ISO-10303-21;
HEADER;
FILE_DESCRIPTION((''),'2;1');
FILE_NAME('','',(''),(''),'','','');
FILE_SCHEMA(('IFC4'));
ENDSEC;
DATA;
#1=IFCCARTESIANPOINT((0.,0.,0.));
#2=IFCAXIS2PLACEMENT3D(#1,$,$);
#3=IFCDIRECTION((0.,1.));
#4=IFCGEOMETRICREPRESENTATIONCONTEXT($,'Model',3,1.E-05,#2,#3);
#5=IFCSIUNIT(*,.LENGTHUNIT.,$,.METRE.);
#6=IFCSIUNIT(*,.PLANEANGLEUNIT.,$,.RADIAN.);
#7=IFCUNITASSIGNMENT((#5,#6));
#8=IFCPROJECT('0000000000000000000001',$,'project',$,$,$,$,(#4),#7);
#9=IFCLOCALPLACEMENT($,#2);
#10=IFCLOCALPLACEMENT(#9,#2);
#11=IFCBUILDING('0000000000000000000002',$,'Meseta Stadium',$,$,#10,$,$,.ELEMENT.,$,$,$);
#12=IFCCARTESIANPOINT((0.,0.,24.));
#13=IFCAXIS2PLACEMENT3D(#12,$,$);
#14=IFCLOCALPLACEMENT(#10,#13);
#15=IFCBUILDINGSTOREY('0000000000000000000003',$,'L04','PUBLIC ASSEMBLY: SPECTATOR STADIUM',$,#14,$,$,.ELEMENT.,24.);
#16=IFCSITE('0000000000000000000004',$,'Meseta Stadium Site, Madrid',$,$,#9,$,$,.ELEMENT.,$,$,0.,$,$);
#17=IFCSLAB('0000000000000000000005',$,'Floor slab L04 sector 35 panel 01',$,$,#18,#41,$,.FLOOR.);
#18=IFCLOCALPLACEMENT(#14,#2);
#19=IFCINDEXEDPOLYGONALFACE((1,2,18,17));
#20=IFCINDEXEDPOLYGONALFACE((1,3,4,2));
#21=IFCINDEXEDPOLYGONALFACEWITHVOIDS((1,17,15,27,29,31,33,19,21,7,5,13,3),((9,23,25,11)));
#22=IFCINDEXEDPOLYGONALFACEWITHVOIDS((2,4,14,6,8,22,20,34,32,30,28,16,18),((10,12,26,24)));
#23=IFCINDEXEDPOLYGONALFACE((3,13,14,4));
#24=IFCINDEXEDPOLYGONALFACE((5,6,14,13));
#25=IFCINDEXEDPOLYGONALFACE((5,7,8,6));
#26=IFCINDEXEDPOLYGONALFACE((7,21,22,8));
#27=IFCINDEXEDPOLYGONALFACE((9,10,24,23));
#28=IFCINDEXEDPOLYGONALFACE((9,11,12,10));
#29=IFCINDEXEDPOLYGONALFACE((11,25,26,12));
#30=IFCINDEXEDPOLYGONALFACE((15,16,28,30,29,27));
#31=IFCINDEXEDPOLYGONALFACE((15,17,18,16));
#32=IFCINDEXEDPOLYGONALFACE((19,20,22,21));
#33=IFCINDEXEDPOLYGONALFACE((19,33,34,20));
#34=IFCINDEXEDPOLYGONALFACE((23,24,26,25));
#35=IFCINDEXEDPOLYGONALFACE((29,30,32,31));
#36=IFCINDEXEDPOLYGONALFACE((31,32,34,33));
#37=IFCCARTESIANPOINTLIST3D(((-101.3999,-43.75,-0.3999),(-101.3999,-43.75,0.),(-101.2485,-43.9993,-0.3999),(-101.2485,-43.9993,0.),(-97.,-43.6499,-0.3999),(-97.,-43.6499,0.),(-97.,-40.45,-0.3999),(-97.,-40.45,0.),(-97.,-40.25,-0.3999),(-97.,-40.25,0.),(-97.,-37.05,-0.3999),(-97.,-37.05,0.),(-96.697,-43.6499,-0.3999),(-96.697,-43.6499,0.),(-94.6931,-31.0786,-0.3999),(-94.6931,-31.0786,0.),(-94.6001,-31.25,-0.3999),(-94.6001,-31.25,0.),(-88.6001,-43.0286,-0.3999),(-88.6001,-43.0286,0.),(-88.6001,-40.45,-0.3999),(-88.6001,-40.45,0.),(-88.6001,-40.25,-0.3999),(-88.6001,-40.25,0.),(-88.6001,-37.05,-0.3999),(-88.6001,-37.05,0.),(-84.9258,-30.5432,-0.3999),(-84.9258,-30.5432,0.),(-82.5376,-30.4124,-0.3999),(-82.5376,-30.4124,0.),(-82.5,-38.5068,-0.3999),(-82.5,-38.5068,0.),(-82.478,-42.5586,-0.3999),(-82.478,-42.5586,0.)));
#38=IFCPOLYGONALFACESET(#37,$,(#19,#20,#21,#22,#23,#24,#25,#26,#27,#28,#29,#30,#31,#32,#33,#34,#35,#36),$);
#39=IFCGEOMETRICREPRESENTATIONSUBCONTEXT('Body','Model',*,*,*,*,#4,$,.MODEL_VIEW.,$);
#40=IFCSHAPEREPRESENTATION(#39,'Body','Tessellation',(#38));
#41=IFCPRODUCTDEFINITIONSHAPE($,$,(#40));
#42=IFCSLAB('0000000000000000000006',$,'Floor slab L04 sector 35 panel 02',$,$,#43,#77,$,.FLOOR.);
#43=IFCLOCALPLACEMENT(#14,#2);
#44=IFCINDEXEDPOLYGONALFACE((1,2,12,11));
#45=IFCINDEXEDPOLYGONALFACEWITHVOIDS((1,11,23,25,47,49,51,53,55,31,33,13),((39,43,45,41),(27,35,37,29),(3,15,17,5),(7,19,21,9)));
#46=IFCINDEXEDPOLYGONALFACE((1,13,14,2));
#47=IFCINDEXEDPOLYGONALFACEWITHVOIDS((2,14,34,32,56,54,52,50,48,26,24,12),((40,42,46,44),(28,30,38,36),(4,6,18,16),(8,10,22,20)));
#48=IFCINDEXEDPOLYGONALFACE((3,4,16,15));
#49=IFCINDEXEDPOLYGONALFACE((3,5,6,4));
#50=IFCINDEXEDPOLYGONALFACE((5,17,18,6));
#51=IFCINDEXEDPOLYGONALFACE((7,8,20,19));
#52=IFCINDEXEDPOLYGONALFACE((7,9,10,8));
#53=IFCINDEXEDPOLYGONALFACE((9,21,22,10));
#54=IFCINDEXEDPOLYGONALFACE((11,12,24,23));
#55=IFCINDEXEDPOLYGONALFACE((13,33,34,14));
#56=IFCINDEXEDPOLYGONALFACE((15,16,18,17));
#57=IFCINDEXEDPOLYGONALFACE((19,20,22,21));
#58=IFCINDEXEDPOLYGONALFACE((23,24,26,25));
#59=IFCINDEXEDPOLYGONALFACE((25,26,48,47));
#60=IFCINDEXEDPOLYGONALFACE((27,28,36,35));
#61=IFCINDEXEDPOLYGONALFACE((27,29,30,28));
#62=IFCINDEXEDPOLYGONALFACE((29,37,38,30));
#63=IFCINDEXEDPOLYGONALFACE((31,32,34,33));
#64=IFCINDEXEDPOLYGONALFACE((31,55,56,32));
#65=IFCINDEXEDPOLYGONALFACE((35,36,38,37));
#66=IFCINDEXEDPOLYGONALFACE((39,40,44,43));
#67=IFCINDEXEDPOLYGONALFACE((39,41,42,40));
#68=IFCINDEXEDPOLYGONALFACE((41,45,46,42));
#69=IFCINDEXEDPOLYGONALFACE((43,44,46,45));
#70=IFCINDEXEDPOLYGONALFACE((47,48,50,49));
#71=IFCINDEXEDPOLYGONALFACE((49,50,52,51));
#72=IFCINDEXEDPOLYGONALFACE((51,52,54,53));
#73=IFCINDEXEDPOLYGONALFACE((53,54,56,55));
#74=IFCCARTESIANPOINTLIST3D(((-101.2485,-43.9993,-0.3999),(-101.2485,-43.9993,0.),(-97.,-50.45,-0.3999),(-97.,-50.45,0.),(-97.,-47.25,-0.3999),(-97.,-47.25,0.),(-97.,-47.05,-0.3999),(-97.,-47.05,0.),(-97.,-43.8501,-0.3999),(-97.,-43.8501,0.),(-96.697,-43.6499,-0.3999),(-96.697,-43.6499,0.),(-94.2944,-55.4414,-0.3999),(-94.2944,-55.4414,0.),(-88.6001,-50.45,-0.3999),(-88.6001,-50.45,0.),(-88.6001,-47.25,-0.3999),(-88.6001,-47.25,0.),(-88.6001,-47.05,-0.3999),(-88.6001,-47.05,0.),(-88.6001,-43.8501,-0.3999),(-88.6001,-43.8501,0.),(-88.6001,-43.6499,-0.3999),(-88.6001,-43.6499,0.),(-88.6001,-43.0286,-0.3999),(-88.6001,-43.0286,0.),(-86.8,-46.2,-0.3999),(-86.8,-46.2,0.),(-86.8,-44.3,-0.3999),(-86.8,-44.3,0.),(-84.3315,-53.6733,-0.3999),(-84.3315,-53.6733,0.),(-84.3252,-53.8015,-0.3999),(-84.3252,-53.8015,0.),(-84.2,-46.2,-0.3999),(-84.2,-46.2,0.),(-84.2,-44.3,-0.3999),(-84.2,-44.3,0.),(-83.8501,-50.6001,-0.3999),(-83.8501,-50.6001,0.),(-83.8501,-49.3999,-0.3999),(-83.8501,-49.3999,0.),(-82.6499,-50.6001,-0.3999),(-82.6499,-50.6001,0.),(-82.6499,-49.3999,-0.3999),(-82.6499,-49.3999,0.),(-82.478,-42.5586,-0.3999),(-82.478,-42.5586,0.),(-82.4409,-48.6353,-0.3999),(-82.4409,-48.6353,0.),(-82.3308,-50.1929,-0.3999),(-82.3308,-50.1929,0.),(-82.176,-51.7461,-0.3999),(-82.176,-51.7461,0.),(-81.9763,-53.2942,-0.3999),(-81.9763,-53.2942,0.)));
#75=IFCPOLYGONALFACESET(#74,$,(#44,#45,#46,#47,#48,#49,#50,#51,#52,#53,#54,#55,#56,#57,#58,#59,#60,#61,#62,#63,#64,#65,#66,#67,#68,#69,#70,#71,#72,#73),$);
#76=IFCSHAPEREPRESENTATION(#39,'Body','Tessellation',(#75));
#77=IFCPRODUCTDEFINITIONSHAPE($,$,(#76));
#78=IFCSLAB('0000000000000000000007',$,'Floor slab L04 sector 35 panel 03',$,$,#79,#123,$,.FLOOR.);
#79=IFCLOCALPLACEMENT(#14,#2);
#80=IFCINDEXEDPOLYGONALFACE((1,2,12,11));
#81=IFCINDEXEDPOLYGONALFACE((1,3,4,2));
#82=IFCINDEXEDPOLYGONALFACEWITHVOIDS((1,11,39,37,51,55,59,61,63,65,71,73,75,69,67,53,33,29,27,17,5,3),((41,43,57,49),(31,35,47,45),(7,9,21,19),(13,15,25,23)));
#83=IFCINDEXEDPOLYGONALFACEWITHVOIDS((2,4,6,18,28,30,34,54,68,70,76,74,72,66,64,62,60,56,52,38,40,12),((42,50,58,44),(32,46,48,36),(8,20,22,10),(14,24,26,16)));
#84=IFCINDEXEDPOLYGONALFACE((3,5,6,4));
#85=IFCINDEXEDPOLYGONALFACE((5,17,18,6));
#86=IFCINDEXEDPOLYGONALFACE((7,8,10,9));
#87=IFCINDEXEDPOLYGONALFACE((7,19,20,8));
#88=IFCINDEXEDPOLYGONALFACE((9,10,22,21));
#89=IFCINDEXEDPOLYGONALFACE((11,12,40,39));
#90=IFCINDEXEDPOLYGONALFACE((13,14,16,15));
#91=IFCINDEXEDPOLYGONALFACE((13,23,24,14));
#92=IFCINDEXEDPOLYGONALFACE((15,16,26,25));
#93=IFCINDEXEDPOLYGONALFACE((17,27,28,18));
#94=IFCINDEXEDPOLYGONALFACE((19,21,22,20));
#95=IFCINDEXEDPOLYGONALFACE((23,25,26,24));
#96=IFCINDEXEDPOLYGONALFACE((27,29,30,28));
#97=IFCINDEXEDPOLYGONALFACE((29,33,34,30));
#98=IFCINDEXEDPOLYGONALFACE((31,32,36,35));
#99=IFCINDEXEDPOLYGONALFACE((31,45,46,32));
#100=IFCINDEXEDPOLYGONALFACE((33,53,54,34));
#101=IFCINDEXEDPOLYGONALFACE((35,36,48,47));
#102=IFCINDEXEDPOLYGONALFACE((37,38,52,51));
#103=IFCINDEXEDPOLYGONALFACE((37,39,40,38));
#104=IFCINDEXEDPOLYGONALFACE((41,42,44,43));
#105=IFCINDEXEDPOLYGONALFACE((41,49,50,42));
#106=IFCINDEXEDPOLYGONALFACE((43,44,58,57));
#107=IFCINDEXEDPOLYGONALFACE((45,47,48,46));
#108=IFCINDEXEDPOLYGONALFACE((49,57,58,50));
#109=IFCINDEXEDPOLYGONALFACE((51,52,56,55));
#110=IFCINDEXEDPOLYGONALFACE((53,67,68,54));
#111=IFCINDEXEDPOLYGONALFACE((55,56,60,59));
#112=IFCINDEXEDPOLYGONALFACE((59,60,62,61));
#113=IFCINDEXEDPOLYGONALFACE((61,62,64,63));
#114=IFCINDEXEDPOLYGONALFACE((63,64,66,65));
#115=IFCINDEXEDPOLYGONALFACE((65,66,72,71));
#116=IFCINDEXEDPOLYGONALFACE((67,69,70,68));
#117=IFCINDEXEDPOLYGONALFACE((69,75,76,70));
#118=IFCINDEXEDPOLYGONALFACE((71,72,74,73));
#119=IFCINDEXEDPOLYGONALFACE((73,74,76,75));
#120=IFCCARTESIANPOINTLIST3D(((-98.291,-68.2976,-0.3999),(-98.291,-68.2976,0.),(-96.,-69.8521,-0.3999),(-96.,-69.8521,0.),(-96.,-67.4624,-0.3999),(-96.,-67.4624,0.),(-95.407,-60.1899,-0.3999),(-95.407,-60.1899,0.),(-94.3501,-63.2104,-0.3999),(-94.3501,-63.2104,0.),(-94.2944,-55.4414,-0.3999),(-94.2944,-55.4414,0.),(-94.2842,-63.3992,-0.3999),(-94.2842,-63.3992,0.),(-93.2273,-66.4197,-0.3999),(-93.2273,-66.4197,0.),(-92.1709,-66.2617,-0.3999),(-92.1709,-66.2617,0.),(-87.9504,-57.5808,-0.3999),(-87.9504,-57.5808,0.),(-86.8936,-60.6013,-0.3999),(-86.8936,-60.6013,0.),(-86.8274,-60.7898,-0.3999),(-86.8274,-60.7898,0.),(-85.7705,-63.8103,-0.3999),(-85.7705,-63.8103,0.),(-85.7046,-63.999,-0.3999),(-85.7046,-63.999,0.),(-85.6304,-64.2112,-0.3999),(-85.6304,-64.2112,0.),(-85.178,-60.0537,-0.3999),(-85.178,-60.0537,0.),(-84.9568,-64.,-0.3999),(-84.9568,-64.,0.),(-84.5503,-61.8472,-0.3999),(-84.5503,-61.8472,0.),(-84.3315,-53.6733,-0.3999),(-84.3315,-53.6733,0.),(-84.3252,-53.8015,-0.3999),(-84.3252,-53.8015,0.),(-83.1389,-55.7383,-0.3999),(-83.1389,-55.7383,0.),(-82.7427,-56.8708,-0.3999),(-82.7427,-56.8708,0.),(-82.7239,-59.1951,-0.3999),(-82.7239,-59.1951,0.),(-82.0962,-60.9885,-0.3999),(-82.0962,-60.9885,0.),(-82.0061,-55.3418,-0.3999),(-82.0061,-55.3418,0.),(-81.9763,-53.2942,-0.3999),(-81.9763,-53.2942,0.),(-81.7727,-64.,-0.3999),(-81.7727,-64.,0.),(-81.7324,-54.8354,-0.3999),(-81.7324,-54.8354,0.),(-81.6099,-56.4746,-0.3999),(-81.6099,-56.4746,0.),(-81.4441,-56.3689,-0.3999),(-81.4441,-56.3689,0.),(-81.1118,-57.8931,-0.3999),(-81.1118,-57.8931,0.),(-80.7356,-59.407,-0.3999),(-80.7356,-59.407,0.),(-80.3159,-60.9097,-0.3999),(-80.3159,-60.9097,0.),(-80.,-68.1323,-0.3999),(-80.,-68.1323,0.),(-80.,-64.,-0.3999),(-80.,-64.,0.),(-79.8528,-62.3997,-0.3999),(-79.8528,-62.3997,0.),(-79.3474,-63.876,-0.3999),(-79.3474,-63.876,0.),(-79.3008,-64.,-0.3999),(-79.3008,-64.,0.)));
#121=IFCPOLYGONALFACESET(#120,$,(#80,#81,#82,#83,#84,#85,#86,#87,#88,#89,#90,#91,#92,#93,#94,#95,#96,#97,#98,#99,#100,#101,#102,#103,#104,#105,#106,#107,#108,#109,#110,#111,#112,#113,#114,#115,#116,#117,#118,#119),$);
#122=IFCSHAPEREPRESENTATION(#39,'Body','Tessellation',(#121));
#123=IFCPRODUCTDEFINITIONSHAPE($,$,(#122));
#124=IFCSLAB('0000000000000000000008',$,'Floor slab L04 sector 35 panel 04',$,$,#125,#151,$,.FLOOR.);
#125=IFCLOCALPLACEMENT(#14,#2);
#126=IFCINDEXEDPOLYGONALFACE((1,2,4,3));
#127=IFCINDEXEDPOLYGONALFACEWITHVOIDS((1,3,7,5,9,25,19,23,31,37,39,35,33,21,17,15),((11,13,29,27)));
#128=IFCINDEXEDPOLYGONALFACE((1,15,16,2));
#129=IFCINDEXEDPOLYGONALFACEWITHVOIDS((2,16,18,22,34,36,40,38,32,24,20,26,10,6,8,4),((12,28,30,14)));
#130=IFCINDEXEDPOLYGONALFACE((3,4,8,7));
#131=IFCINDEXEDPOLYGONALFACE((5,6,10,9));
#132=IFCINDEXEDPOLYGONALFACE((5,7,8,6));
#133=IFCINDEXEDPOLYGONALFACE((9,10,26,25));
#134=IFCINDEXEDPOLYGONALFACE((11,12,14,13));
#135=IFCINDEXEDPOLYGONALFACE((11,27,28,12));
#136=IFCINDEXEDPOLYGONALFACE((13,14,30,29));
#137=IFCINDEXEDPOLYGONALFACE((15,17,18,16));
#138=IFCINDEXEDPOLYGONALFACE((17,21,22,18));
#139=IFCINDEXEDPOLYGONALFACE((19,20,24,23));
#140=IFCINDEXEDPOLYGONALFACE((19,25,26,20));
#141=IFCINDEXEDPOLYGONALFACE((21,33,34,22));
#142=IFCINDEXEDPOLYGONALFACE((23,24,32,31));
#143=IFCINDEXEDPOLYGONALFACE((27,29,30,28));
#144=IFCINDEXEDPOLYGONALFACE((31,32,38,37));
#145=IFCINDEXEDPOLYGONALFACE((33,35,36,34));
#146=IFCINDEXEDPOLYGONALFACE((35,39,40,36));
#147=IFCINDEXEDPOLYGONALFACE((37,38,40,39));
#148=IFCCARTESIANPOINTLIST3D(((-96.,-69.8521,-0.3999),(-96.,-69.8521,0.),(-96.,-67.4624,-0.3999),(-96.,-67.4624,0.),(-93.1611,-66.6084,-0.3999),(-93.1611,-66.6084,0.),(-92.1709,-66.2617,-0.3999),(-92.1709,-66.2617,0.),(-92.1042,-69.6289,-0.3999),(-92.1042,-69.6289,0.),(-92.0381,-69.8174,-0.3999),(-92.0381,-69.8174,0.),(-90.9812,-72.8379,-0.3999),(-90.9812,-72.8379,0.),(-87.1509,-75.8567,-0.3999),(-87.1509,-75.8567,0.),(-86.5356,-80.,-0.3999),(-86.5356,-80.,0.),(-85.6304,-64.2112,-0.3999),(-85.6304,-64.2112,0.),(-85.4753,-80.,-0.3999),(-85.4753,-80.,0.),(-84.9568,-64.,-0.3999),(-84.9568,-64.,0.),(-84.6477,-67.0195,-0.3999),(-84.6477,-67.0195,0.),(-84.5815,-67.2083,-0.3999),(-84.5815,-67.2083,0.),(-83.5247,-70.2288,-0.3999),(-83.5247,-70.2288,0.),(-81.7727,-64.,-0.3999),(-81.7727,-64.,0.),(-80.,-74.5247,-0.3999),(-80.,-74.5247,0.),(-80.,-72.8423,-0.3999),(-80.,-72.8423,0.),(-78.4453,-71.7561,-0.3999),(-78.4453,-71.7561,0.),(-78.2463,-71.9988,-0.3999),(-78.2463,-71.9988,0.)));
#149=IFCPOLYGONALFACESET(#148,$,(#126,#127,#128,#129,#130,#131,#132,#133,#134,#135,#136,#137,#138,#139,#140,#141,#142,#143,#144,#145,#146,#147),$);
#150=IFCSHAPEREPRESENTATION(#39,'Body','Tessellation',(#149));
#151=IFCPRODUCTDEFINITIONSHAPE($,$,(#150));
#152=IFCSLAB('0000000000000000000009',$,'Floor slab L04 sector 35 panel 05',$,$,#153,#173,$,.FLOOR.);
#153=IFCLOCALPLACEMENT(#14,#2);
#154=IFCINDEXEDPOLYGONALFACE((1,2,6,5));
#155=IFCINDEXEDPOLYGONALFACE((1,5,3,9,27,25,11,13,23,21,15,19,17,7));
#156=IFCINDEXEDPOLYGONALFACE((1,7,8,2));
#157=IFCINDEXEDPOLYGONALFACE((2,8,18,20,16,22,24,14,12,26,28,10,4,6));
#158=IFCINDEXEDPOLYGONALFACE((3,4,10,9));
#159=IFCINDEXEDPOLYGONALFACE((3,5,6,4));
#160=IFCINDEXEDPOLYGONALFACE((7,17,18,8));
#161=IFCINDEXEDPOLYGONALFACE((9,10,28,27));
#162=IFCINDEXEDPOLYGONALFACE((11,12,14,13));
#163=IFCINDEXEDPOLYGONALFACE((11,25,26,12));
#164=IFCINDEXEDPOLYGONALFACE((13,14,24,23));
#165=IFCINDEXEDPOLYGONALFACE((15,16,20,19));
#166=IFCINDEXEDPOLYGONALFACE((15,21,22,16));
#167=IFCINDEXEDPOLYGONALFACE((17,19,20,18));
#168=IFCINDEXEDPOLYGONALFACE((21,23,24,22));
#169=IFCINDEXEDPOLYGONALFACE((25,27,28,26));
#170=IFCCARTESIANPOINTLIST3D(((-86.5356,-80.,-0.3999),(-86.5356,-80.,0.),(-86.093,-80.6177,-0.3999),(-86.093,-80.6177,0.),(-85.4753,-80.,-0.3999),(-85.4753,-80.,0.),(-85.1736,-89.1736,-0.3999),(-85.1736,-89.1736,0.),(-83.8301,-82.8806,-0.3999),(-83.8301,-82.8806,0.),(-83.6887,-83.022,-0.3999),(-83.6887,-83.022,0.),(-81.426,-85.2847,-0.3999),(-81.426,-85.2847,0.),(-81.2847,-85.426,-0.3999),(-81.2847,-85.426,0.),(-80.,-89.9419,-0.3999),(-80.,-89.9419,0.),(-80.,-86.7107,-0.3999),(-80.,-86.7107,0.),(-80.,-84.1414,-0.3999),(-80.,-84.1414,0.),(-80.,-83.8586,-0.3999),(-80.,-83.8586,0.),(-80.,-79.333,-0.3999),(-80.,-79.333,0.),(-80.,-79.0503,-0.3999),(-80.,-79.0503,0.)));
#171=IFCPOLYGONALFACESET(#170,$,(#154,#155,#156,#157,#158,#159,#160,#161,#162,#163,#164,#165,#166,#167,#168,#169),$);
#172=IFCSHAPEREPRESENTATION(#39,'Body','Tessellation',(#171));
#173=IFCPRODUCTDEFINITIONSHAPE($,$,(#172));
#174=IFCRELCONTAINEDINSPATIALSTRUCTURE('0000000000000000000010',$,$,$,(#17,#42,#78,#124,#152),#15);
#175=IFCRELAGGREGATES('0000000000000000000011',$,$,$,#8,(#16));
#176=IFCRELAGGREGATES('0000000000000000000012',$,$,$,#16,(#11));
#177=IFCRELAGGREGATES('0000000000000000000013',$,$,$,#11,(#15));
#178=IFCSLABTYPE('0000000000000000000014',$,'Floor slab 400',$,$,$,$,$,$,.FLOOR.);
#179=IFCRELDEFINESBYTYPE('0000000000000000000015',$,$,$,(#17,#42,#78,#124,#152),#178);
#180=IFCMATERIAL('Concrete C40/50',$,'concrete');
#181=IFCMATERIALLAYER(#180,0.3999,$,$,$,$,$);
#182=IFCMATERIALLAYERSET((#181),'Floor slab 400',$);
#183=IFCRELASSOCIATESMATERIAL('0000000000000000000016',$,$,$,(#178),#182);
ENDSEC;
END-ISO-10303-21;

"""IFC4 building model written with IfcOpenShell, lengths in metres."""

from ifc_helpers import new_model, si_unit, direction, frame, origin, place, context, subcontext, project, spatial, polyline, outline, extrude, material, layer, layer_set, type_object, element, save


model = new_model("IFC4")

# Units and contexts
model_context = context("Model", 3, precision=1e-05, world=origin(), true_north=direction((0.0, 1.0)))
body_context = subcontext(model_context, "Body", "Model", "MODEL_VIEW")
ifc_project = project(units=[si_unit("LENGTHUNIT", "METRE"), si_unit("PLANEANGLEUNIT", "RADIAN")], contexts=[model_context])

# Site, building, storey
site_placement = place(None, origin())
site = spatial("IfcSite", under=ifc_project, at=site_placement, Name="Meseta Stadium Site, Madrid", CompositionType="ELEMENT", RefElevation=0.0)
building_placement = place(site_placement, origin())
building = spatial("IfcBuilding", under=site, at=building_placement, Name="Meseta Stadium", CompositionType="ELEMENT")
storey_placement = place(building_placement, frame((0.0, 0.0, 24.0)))
storey = spatial("IfcBuildingStorey", under=building, at=storey_placement, Name="L04", Description="PUBLIC ASSEMBLY: SPECTATOR STADIUM", CompositionType="ELEMENT", Elevation=24.0)

# Slabs
ifc_material = material(Name="Concrete C40/50", Category="concrete")
ifc_layer = layer(ifc_material, 0.3999)
ifc_layer_set = layer_set([ifc_layer], Name="Floor slab 400")
slab_type = type_object("IfcSlabType", Name="Floor slab 400", PredefinedType="FLOOR", material=ifc_layer_set)
slab_1_placement = place(storey_placement, frame((0.0, 0.0, -0.3999)))
element("IfcSlab", 1, at=slab_1_placement, inside=storey, type_object=slab_type, Name="Floor slab L04 sector 35 panel 01", PredefinedType="FLOOR", context=body_context, shape_type="SweptSolid", body=[
    extrude(outline(polyline([(-82.5, -38.5068), (-82.5376, -30.4124), (-84.9258, -30.5432), (-94.6931, -31.0786), (-94.6001, -31.25), (-101.3999, -43.75), (-101.2485, -43.9993), (-96.697, -43.6499), (-97.0, -43.6499), (-97.0, -40.45), (-88.6001, -40.45), (-88.6001, -43.0286), (-82.478, -42.5586), (-82.5, -38.5068)]), holes=[polyline([(-97.0, -40.25), (-97.0, -37.05), (-88.6001, -37.05), (-88.6001, -40.25), (-97.0, -40.25)])]), origin(), (0.0, 0.0, 1.0), 0.3999),
])
slab_2_placement = place(storey_placement, frame((0.0, 0.0, -0.3999)))
element("IfcSlab", 2, at=slab_2_placement, inside=storey, type_object=slab_type, Name="Floor slab L04 sector 35 panel 02", PredefinedType="FLOOR", context=body_context, shape_type="SweptSolid", body=[
    extrude(outline(polyline([(-82.4409, -48.6353), (-82.478, -42.5586), (-88.6001, -43.0286), (-88.6001, -43.6499), (-96.697, -43.6499), (-101.2485, -43.9993), (-94.2944, -55.4414), (-84.3252, -53.8015), (-84.3315, -53.6733), (-81.9763, -53.2942), (-82.176, -51.7461), (-82.3308, -50.1929), (-82.4409, -48.6353)]), holes=[polyline([(-86.8, -46.2), (-86.8, -44.3), (-84.2, -44.3), (-84.2, -46.2), (-86.8, -46.2)]), polyline([(-97.0, -47.25), (-88.6001, -47.25), (-88.6001, -50.45), (-97.0, -50.45), (-97.0, -47.25)]), polyline([(-97.0, -47.05), (-97.0, -43.8501), (-88.6001, -43.8501), (-88.6001, -47.05), (-97.0, -47.05)]), polyline([(-83.8501, -49.3999), (-82.6499, -49.3999), (-82.6499, -50.6001), (-83.8501, -50.6001), (-83.8501, -49.3999)])]), origin(), (0.0, 0.0, 1.0), 0.3999),
])
slab_3_placement = place(storey_placement, frame((0.0, 0.0, -0.3999)))
element("IfcSlab", 3, at=slab_3_placement, inside=storey, type_object=slab_type, Name="Floor slab L04 sector 35 panel 03", PredefinedType="FLOOR", context=body_context, shape_type="SweptSolid", body=[
    extrude(outline(polyline([(-84.9568, -64.0), (-81.7727, -64.0), (-80.0, -68.1323), (-80.0, -64.0), (-79.3008, -64.0), (-79.3474, -63.876), (-79.8528, -62.3997), (-80.3159, -60.9097), (-80.7356, -59.407), (-81.1118, -57.8931), (-81.4441, -56.3689), (-81.7324, -54.8354), (-81.9763, -53.2942), (-84.3315, -53.6733), (-84.3252, -53.8015), (-94.2944, -55.4414), (-98.291, -68.2976), (-96.0, -69.8521), (-96.0, -67.4624), (-92.1709, -66.2617), (-85.7046, -63.999), (-85.6304, -64.2112), (-84.9568, -64.0)]), holes=[polyline([(-84.5503, -61.8472), (-85.178, -60.0537), (-82.7239, -59.1951), (-82.0962, -60.9885), (-84.5503, -61.8472)]), polyline([(-85.7705, -63.8103), (-93.2273, -66.4197), (-94.2842, -63.3992), (-86.8274, -60.7898), (-85.7705, -63.8103)]), polyline([(-86.8936, -60.6013), (-94.3501, -63.2104), (-95.407, -60.1899), (-87.9504, -57.5808), (-86.8936, -60.6013)]), polyline([(-82.0061, -55.3418), (-81.6099, -56.4746), (-82.7427, -56.8708), (-83.1389, -55.7383), (-82.0061, -55.3418)])]), origin(), (0.0, 0.0, 1.0), 0.3999),
])
slab_4_placement = place(storey_placement, frame((0.0, 0.0, -0.3999)))
element("IfcSlab", 4, at=slab_4_placement, inside=storey, type_object=slab_type, Name="Floor slab L04 sector 35 panel 04", PredefinedType="FLOOR", context=body_context, shape_type="SweptSolid", body=[
    extrude(outline(polyline([(-78.4453, -71.7561), (-81.7727, -64.0), (-84.9568, -64.0), (-85.6304, -64.2112), (-84.6477, -67.0195), (-92.1042, -69.6289), (-93.1611, -66.6084), (-92.1709, -66.2617), (-96.0, -67.4624), (-96.0, -69.8521), (-87.1509, -75.8567), (-86.5356, -80.0), (-85.4753, -80.0), (-80.0, -74.5247), (-80.0, -72.8423), (-78.2463, -71.9988), (-78.4453, -71.7561)]), holes=[polyline([(-92.0381, -69.8174), (-84.5815, -67.2083), (-83.5247, -70.2288), (-90.9812, -72.8379), (-92.0381, -69.8174)])]), origin(), (0.0, 0.0, 1.0), 0.3999),
])
slab_5_placement = place(storey_placement, frame((0.0, 0.0, -0.3999)))
element("IfcSlab", 5, at=slab_5_placement, inside=storey, type_object=slab_type, Name="Floor slab L04 sector 35 panel 05", PredefinedType="FLOOR", context=body_context, shape_type="SweptSolid", body=[
    extrude(outline(polyline([(-80.0, -79.333), (-80.0, -79.0503), (-83.8301, -82.8806), (-86.093, -80.6177), (-85.4753, -80.0), (-86.5356, -80.0), (-85.1736, -89.1736), (-80.0, -89.9419), (-80.0, -86.7107), (-81.2847, -85.426), (-80.0, -84.1414), (-80.0, -83.8586), (-81.426, -85.2847), (-83.6887, -83.022), (-80.0, -79.333)])), origin(), (0.0, 0.0, 1.0), 0.3999),
])

save(model, "model.ifc")
